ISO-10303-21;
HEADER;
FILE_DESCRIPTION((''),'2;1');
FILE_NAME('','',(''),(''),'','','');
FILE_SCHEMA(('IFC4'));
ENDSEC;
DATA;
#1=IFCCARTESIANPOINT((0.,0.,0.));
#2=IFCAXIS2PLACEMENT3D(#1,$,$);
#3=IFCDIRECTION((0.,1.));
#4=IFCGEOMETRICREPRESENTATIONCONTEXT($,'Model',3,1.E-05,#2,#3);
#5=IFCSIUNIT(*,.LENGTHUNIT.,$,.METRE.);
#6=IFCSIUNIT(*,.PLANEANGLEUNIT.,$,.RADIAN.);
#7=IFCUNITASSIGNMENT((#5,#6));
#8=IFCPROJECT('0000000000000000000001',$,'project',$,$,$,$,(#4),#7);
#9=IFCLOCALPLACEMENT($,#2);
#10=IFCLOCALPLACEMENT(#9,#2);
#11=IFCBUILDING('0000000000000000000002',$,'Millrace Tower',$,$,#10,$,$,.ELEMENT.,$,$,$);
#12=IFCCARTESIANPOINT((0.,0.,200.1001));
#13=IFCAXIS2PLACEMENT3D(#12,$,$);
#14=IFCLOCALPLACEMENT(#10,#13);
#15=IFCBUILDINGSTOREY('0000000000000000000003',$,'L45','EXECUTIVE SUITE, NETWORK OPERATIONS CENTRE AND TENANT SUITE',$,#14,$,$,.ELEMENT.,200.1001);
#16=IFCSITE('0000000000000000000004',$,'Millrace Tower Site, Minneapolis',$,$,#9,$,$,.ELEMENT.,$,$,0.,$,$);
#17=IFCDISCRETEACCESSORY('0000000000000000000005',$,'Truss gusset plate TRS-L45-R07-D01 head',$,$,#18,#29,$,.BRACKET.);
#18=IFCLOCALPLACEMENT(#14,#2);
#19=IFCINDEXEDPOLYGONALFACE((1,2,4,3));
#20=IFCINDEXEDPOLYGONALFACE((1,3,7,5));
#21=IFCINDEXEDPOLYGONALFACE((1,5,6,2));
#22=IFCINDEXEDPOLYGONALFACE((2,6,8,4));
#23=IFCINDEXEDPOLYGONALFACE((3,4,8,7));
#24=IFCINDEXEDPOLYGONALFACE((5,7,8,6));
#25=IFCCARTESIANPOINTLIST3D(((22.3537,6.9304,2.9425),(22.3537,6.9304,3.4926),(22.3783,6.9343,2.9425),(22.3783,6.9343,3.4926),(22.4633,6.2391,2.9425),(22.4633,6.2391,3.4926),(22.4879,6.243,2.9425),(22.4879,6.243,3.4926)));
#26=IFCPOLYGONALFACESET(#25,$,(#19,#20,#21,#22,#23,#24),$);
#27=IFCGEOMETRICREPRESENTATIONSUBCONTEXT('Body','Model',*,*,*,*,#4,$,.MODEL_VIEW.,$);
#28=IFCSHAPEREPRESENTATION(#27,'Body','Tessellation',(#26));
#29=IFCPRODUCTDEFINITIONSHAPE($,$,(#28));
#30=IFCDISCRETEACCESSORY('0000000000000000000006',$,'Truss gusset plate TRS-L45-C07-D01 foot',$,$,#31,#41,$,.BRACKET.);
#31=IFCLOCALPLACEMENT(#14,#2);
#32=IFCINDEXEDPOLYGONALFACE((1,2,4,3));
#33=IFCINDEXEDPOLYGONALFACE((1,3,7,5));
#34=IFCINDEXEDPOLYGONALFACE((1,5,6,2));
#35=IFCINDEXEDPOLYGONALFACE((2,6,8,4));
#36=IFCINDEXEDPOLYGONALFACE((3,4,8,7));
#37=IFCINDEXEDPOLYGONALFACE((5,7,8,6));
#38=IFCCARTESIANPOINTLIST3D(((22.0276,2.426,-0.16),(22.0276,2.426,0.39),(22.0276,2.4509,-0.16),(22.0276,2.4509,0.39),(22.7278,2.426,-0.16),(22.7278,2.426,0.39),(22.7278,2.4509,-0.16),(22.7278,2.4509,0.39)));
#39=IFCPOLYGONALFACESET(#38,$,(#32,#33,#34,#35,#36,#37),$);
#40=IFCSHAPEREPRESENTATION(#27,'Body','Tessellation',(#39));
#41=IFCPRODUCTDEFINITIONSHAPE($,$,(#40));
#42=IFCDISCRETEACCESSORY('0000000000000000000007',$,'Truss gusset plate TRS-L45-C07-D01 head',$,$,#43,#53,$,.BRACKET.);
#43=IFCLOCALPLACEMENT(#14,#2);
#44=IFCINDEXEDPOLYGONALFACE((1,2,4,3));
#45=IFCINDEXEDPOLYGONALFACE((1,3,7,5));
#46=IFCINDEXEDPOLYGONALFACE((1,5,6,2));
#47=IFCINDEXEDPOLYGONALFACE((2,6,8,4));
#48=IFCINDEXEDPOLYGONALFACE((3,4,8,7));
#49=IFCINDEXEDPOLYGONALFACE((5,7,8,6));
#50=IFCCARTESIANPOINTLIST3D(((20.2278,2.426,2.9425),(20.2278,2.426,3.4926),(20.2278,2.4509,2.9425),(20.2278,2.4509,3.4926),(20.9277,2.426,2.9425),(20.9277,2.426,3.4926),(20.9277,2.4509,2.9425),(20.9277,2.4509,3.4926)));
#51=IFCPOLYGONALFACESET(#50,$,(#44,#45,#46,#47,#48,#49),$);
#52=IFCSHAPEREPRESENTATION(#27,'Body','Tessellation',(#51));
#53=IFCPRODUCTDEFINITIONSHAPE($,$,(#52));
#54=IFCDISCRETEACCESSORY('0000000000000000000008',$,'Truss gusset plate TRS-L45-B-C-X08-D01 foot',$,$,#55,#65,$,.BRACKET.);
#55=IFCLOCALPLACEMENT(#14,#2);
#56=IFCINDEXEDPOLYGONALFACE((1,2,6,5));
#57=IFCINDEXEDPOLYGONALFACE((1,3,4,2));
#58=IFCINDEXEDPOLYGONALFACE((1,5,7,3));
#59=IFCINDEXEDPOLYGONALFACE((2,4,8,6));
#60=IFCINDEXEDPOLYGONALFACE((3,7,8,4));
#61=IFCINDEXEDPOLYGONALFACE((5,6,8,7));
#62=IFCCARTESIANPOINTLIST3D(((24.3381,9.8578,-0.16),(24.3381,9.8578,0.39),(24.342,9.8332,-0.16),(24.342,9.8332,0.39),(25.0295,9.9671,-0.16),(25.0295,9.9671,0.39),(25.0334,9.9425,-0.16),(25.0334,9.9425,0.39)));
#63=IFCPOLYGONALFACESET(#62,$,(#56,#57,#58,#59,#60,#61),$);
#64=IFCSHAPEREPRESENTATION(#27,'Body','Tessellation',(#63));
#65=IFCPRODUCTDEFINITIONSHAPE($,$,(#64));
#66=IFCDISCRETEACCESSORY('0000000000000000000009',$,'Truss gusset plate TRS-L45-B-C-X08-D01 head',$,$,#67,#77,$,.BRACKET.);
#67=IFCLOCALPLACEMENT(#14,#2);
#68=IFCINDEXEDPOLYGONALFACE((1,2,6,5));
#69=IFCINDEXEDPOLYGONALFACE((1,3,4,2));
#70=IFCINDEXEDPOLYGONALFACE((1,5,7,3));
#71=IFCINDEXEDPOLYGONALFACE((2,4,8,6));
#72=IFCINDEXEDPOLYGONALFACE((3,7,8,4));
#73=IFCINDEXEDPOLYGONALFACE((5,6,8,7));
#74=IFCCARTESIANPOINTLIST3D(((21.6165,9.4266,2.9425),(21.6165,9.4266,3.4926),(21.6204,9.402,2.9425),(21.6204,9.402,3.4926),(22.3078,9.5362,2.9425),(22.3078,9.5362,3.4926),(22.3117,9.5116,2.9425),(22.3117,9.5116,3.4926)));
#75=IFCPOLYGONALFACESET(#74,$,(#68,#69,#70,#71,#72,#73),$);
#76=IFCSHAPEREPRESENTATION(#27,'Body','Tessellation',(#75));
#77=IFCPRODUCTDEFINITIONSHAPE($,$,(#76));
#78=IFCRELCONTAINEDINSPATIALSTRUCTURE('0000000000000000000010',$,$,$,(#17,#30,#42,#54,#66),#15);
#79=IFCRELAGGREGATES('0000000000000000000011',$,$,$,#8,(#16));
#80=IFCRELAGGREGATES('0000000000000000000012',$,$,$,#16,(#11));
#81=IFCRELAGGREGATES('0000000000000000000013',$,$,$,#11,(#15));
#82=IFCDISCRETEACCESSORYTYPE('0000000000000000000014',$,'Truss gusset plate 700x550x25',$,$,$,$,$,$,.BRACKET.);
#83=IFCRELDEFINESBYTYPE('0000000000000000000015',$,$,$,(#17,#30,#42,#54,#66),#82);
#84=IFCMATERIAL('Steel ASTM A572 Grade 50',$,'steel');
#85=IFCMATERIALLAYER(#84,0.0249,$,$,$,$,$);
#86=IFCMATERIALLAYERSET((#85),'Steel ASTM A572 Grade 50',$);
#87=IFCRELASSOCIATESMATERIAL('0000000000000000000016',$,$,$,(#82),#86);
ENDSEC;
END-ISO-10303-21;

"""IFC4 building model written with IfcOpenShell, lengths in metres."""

from ifc_helpers import new_model, si_unit, direction, frame, origin, origin_2d, place, context, subcontext, project, spatial, rectangle, extrude, material, layer, layer_set, type_object, element, save


model = new_model("IFC4")

# Units and contexts
model_context = context("Model", 3, precision=1e-05, world=origin(), true_north=direction((0.0, 1.0)))
body_context = subcontext(model_context, "Body", "Model", "MODEL_VIEW")
ifc_project = project(units=[si_unit("LENGTHUNIT", "METRE"), si_unit("PLANEANGLEUNIT", "RADIAN")], contexts=[model_context])

# Site, building, storey
site_placement = place(None, origin())
site = spatial("IfcSite", under=ifc_project, at=site_placement, Name="Millrace Tower Site, Minneapolis", CompositionType="ELEMENT", RefElevation=0.0)
building_placement = place(site_placement, origin())
building = spatial("IfcBuilding", under=site, at=building_placement, Name="Millrace Tower", CompositionType="ELEMENT")
storey_placement = place(building_placement, frame((0.0, 0.0, 200.1001)))
storey = spatial("IfcBuildingStorey", under=building, at=storey_placement, Name="L45", Description="EXECUTIVE SUITE, NETWORK OPERATIONS CENTRE AND TENANT SUITE", CompositionType="ELEMENT", Elevation=200.1001)

# Discrete accessories
ifc_material_1 = material(Name="Steel ASTM A572 Grade 50", Category="steel")
ifc_layer_1 = layer(ifc_material_1, 0.0249)
ifc_layer_set_1 = layer_set([ifc_layer_1], Name="Steel ASTM A572 Grade 50")
discrete_accessory_type_1 = type_object("IfcDiscreteAccessoryType", Name="Truss gusset plate 700x550x25", PredefinedType="BRACKET", material=ifc_layer_set_1)
for number, where, z_axis, x_axis, name in (
    (1, (22.366, 6.9324, 3.2175), (0.156589, -0.987664, 0.0), (0.987664, 0.156589, 0.0), "Truss gusset plate TRS-L45-R07-D01 head"),
):
    element("IfcDiscreteAccessory", number, at=place(storey_placement, frame(where, z_axis=z_axis, x_axis=x_axis)), inside=storey, type_object=discrete_accessory_type_1, Name=name, PredefinedType="BRACKET", context=body_context, shape_type="SweptSolid", body=[
        extrude(rectangle(XDim=0.0249, YDim=0.55, at=origin_2d()), origin(), (0.0, 0.0, 1.0), 0.7),
    ])
discrete_accessory_1_placement = place(storey_placement, frame((22.0276, 2.4385, 0.115), z_axis=(1.0, 0.0, 0.0), x_axis=(0.0, 1.0, 0.0)))
element("IfcDiscreteAccessory", 2, at=discrete_accessory_1_placement, inside=storey, type_object=discrete_accessory_type_1, Name="Truss gusset plate TRS-L45-C07-D01 foot", PredefinedType="BRACKET", context=body_context, shape_type="SweptSolid", body=[
    extrude(rectangle(XDim=0.0249, YDim=0.55, at=origin_2d()), origin(), (0.0, 0.0, 1.0), 0.7002),
])
for number, where, z_axis, x_axis, name in (
    (3, (20.2278, 2.4385, 3.2175), (1.0, 0.0, 0.0), (0.0, 1.0, 0.0), "Truss gusset plate TRS-L45-C07-D01 head"),
    (4, (24.3401, 9.8455, 0.115), (0.987718, 0.156249, 0.0), (-0.156249, 0.987718, 0.0), "Truss gusset plate TRS-L45-B-C-X08-D01 foot"),
    (5, (21.6184, 9.4143, 3.2175), (0.987664, 0.156589, 0.0), (-0.156589, 0.987664, 0.0), "Truss gusset plate TRS-L45-B-C-X08-D01 head"),
):
    element("IfcDiscreteAccessory", number, at=place(storey_placement, frame(where, z_axis=z_axis, x_axis=x_axis)), inside=storey, type_object=discrete_accessory_type_1, Name=name, PredefinedType="BRACKET", context=body_context, shape_type="SweptSolid", body=[
        extrude(rectangle(XDim=0.0249, YDim=0.55, at=origin_2d()), origin(), (0.0, 0.0, 1.0), 0.7),
    ])

save(model, "model.ifc")
